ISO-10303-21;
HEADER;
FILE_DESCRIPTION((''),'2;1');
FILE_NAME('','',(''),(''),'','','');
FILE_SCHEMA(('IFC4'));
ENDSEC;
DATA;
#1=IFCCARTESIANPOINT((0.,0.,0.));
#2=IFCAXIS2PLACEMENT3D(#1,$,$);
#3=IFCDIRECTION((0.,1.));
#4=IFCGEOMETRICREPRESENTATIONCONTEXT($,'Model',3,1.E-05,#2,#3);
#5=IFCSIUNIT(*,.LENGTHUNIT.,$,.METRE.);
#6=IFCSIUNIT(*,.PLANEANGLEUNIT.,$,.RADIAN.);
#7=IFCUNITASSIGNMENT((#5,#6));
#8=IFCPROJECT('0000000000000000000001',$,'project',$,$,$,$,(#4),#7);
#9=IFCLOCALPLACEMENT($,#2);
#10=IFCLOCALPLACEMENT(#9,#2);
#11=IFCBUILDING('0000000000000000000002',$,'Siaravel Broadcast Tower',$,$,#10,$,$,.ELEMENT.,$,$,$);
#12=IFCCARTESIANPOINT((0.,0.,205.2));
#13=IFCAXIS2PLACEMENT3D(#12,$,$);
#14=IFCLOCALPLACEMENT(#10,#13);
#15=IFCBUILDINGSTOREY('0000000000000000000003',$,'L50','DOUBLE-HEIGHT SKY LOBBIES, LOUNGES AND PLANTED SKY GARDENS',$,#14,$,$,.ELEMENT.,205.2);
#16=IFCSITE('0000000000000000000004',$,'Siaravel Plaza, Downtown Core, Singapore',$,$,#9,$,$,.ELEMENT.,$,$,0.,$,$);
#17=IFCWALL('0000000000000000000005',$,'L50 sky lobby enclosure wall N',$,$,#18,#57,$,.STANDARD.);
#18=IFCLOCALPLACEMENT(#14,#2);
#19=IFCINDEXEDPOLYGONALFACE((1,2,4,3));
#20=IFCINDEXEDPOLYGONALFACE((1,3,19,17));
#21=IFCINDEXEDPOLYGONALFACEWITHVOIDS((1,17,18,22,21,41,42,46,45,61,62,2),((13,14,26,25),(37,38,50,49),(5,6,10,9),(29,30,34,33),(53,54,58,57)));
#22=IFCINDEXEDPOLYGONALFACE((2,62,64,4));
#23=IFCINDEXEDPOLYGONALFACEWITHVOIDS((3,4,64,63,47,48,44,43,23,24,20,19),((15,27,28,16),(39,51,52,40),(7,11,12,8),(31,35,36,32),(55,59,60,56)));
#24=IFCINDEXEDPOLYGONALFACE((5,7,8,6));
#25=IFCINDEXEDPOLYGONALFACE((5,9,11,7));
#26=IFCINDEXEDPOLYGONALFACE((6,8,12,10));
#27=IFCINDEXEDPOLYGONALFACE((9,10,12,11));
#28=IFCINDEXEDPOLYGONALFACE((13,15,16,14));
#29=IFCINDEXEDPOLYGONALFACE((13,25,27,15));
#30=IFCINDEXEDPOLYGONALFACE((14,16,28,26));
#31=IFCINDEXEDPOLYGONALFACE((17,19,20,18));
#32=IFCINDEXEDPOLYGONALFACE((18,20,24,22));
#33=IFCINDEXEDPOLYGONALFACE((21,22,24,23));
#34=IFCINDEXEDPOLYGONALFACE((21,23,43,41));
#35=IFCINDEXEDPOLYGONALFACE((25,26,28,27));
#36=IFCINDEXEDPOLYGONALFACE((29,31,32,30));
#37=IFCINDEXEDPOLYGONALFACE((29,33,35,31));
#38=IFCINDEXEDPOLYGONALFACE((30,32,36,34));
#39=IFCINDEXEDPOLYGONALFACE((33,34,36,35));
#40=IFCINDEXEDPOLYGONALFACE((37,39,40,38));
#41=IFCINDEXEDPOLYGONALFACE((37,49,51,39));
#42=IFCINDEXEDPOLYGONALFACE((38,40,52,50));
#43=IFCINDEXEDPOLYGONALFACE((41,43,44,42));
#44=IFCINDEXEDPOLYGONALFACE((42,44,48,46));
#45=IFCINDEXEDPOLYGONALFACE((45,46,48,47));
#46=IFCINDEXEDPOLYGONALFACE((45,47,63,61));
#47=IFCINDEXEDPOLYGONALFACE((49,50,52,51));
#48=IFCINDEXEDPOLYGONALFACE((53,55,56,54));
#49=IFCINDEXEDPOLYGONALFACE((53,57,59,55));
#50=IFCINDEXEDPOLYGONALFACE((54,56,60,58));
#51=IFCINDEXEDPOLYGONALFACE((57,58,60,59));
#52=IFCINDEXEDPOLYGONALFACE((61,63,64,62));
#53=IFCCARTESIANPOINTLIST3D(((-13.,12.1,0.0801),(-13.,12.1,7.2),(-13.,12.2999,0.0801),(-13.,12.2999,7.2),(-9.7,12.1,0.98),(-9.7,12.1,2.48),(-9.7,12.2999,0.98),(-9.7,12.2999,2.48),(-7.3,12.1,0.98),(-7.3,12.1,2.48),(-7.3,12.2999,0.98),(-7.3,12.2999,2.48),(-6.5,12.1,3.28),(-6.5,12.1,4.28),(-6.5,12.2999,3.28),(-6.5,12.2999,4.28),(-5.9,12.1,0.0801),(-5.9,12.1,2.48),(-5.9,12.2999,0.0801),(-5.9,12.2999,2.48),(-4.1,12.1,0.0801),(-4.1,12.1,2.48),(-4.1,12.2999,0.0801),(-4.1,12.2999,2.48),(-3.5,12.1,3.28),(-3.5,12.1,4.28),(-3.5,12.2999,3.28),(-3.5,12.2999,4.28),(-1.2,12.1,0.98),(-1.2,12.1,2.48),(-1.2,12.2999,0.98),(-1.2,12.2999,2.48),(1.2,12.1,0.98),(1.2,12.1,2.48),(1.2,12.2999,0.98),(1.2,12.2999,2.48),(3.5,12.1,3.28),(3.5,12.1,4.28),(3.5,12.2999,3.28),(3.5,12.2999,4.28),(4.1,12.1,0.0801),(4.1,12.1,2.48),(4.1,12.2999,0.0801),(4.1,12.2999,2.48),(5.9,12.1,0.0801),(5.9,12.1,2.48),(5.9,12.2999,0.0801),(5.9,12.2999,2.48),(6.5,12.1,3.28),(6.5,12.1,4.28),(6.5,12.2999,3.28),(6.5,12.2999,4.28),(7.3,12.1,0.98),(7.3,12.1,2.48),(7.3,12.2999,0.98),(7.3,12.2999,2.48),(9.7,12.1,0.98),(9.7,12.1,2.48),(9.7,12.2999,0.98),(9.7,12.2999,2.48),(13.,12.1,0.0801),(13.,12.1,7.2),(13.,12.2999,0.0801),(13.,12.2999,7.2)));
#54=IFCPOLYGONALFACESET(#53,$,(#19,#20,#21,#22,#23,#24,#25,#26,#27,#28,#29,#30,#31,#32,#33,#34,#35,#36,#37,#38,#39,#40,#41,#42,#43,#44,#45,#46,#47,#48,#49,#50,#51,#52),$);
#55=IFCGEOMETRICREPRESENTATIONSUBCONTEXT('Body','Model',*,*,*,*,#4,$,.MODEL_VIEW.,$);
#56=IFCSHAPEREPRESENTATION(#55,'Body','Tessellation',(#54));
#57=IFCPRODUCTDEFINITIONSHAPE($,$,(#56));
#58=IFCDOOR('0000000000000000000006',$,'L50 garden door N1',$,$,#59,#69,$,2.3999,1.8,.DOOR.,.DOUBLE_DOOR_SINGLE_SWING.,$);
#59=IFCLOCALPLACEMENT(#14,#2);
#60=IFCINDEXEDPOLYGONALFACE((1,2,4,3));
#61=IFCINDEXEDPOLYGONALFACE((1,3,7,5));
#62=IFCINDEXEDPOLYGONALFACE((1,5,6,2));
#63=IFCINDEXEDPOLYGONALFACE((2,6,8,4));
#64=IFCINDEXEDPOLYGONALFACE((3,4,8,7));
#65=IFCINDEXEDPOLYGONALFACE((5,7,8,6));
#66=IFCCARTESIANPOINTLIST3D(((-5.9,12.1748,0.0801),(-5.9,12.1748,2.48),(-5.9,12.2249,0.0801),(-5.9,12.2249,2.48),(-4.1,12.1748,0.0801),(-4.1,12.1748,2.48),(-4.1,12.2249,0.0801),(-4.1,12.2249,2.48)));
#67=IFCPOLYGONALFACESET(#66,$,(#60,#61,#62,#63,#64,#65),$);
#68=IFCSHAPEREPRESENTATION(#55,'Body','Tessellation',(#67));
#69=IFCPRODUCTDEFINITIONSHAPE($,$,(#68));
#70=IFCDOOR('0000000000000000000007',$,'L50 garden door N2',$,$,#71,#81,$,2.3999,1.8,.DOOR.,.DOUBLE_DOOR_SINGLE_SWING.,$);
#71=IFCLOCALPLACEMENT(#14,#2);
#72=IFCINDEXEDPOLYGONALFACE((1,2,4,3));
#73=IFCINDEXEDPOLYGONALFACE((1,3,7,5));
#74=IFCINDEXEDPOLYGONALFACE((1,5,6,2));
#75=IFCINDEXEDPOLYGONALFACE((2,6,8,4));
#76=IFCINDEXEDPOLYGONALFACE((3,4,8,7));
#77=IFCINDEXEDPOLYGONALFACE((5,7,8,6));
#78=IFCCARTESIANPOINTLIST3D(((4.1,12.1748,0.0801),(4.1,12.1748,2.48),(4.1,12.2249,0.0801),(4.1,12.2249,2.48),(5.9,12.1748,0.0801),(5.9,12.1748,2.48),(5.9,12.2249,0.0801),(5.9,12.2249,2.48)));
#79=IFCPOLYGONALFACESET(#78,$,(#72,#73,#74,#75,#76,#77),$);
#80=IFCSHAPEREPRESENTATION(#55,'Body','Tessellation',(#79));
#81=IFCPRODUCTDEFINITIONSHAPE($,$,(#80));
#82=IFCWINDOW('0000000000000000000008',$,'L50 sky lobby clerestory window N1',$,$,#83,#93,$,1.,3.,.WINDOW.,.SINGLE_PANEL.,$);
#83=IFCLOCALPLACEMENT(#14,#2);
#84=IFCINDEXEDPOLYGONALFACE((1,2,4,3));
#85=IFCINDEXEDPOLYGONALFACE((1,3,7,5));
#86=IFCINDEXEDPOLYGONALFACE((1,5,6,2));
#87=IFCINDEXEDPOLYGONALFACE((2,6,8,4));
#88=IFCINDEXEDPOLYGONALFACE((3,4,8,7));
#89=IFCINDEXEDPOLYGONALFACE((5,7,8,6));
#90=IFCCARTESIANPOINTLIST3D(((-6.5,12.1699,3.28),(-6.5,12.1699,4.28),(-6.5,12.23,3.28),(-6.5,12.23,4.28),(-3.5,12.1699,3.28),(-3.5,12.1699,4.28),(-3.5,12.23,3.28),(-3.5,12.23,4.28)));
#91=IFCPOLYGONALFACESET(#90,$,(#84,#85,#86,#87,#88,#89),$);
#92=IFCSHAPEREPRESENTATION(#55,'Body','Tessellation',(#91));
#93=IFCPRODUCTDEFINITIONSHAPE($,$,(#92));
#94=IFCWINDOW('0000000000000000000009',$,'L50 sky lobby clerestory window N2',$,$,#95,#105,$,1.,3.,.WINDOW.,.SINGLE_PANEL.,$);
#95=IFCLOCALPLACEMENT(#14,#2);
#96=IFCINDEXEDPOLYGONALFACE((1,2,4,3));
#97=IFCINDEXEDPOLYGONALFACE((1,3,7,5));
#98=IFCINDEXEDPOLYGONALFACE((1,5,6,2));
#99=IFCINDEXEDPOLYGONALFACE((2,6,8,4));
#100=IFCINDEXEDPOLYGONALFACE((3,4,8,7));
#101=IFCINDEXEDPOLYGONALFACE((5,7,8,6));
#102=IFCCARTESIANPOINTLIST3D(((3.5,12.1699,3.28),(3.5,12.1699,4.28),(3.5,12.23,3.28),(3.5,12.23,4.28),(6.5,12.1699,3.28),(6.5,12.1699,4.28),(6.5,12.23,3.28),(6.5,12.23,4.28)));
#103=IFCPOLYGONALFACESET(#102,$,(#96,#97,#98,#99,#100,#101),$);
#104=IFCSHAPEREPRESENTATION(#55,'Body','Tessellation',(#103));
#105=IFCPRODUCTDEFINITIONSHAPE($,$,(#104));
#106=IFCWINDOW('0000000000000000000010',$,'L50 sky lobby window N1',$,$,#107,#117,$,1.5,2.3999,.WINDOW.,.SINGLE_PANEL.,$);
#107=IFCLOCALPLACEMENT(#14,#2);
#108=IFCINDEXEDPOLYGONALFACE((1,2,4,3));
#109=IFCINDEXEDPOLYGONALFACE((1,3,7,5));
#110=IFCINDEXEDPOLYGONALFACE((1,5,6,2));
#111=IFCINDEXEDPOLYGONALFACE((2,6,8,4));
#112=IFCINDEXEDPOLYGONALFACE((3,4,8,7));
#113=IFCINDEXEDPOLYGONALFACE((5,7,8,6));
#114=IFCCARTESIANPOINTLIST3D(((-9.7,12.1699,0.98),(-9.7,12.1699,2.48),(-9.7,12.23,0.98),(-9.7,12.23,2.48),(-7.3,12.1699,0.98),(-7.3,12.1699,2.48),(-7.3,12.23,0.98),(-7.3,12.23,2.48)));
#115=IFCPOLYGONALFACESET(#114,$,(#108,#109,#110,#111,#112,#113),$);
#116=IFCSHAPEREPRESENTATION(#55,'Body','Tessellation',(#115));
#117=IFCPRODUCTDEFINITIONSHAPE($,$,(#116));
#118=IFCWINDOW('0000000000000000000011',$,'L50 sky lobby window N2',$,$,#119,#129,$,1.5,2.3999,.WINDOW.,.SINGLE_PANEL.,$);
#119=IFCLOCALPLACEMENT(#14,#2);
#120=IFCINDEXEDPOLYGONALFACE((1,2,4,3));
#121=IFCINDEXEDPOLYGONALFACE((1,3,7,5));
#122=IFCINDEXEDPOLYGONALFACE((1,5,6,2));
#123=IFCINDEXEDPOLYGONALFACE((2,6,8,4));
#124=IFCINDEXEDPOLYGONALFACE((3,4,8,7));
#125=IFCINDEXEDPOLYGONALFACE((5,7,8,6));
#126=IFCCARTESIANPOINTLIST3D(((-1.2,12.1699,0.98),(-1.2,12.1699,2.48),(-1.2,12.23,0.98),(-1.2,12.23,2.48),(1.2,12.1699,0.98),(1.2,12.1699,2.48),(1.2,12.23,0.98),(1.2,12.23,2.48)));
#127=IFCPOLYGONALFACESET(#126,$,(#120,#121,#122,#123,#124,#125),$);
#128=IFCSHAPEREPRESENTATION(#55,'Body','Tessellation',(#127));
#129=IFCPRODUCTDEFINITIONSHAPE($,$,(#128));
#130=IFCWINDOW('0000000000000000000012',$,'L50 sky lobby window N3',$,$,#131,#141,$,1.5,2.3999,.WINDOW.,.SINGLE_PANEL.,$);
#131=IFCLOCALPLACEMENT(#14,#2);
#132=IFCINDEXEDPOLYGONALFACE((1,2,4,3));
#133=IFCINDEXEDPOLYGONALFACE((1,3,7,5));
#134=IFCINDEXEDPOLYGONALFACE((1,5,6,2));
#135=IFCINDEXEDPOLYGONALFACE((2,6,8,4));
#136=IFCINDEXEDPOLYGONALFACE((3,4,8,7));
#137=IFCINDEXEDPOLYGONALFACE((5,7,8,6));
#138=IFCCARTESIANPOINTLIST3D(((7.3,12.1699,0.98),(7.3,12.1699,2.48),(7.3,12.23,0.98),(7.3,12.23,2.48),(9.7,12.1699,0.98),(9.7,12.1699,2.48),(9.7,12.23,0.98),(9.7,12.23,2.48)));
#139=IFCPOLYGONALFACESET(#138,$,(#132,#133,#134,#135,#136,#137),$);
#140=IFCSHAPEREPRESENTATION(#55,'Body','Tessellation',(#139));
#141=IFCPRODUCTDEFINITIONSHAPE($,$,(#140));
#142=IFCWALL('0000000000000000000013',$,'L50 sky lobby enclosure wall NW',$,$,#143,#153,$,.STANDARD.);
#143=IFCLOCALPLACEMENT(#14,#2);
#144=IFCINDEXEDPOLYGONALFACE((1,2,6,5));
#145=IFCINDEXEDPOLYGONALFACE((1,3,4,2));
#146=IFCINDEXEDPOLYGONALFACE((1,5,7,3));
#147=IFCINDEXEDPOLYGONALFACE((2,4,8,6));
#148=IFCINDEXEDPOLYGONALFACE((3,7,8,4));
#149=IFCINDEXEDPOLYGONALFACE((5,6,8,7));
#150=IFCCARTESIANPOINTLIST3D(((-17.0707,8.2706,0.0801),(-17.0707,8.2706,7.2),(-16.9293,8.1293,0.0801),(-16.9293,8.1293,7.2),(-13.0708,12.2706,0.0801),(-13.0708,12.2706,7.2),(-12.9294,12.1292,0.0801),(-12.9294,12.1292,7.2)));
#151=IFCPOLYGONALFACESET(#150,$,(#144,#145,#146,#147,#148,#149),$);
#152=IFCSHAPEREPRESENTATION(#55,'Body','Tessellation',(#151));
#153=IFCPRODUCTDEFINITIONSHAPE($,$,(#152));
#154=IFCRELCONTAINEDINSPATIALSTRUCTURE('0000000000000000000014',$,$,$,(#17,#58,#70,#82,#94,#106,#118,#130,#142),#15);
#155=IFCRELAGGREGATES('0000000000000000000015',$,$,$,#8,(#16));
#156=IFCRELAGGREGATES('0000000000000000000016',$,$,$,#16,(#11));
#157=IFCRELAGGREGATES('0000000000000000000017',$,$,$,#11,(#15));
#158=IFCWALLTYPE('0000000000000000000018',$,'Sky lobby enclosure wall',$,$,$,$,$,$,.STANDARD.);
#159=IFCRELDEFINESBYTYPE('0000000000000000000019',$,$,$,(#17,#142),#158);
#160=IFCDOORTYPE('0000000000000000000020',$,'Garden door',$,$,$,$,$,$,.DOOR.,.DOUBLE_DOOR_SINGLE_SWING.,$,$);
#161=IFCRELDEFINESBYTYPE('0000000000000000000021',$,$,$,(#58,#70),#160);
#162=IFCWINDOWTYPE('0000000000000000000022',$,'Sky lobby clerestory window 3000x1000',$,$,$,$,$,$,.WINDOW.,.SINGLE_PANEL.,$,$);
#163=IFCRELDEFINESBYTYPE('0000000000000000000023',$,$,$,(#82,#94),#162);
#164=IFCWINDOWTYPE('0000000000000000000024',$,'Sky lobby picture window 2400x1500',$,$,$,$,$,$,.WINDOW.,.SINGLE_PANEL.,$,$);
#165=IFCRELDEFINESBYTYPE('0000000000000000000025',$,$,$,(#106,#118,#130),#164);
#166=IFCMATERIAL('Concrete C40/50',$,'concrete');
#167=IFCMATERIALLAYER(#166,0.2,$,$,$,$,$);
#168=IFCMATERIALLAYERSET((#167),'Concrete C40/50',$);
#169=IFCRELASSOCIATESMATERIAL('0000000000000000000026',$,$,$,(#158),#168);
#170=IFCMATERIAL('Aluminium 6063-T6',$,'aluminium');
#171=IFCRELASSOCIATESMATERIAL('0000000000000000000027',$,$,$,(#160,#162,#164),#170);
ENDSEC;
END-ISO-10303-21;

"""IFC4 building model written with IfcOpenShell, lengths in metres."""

from ifc_helpers import new_model, si_unit, direction, frame, frame_2d, origin, place, context, subcontext, project, spatial, rectangle, extrude, material, layer, layer_set, type_object, element, fill, save


model = new_model("IFC4")

# Units and contexts
model_context = context("Model", 3, precision=1e-05, world=origin(), true_north=direction((0.0, 1.0)))
body_context = subcontext(model_context, "Body", "Model", "MODEL_VIEW")
ifc_project = project(units=[si_unit("LENGTHUNIT", "METRE"), si_unit("PLANEANGLEUNIT", "RADIAN")], contexts=[model_context])

# Site, building, storey
site_placement = place(None, origin())
site = spatial("IfcSite", under=ifc_project, at=site_placement, Name="Siaravel Plaza, Downtown Core, Singapore", CompositionType="ELEMENT", RefElevation=0.0)
building_placement = place(site_placement, origin())
building = spatial("IfcBuilding", under=site, at=building_placement, Name="Siaravel Broadcast Tower", CompositionType="ELEMENT")
storey_placement = place(building_placement, frame((0.0, 0.0, 205.2)))
storey = spatial("IfcBuildingStorey", under=building, at=storey_placement, Name="L50", Description="DOUBLE-HEIGHT SKY LOBBIES, LOUNGES AND PLANTED SKY GARDENS", CompositionType="ELEMENT", Elevation=205.2)

# Wall, openings, doors, windows
ifc_material_1 = material(Name="Concrete C40/50", Category="concrete")
ifc_layer_1 = layer(ifc_material_1, 0.2)
ifc_layer_set_1 = layer_set([ifc_layer_1], Name="Concrete C40/50")
wall_type_1 = type_object("IfcWallType", Name="Sky lobby enclosure wall", PredefinedType="STANDARD", material=ifc_layer_set_1)
wall_1_placement = place(storey_placement, frame((-13.0, 12.2, 0.0801), z_axis=(0.0, 0.0, 1.0), x_axis=(1.0, 0.0, 0.0)))
wall_1 = element("IfcWall", 1, at=wall_1_placement, inside=storey, type_object=wall_type_1, Name="L50 sky lobby enclosure wall N", PredefinedType="STANDARD", context=body_context, shape_type="SweptSolid", body=[
    extrude(rectangle(XDim=26.0, YDim=0.2, at=frame_2d((13.0, 0.0))), origin(), (0.0, 0.0, 1.0), 7.1199),
])
opening_1_placement = place(wall_1_placement, frame((7.1001, 0.0, 0.0)))
opening_1 = element("IfcOpeningElement", 2, at=opening_1_placement, cuts=wall_1, PredefinedType="OPENING", context=body_context, shape_type="SweptSolid", body=[
    extrude(rectangle(XDim=1.8, YDim=2.3999, at=frame_2d((0.8999, 1.2))), frame((0.0, 0.1099, 0.0), z_axis=(0.0, -1.0, 0.0), x_axis=(1.0, 0.0, 0.0)), (0.0, 0.0, 1.0), 0.22),
])
opening_2_placement = place(wall_1_placement, frame((17.1001, 0.0, 0.0)))
opening_2 = element("IfcOpeningElement", 3, at=opening_2_placement, cuts=wall_1, PredefinedType="OPENING", context=body_context, shape_type="SweptSolid", body=[
    extrude(rectangle(XDim=1.8, YDim=2.3999, at=frame_2d((0.8999, 1.2))), frame((0.0, 0.1099, 0.0), z_axis=(0.0, -1.0, 0.0), x_axis=(1.0, 0.0, 0.0)), (0.0, 0.0, 1.0), 0.22),
])
opening_3_placement = place(wall_1_placement, frame((3.3, 0.0, 0.8999)))
opening_3 = element("IfcOpeningElement", 4, at=opening_3_placement, cuts=wall_1, PredefinedType="OPENING", context=body_context, shape_type="SweptSolid", body=[
    extrude(rectangle(XDim=2.3999, YDim=1.5, at=frame_2d((1.2, 0.75))), frame((0.0, 0.1099, 0.0), z_axis=(0.0, -1.0, 0.0), x_axis=(1.0, 0.0, 0.0)), (0.0, 0.0, 1.0), 0.22),
])
opening_4_placement = place(wall_1_placement, frame((11.8, 0.0, 0.8999)))
opening_4 = element("IfcOpeningElement", 5, at=opening_4_placement, cuts=wall_1, PredefinedType="OPENING", context=body_context, shape_type="SweptSolid", body=[
    extrude(rectangle(XDim=2.3999, YDim=1.5, at=frame_2d((1.2, 0.75))), frame((0.0, 0.1099, 0.0), z_axis=(0.0, -1.0, 0.0), x_axis=(1.0, 0.0, 0.0)), (0.0, 0.0, 1.0), 0.22),
])
opening_5_placement = place(wall_1_placement, frame((20.3, 0.0, 0.8999)))
opening_5 = element("IfcOpeningElement", 6, at=opening_5_placement, cuts=wall_1, PredefinedType="OPENING", context=body_context, shape_type="SweptSolid", body=[
    extrude(rectangle(XDim=2.3999, YDim=1.5, at=frame_2d((1.2, 0.75))), frame((0.0, 0.1099, 0.0), z_axis=(0.0, -1.0, 0.0), x_axis=(1.0, 0.0, 0.0)), (0.0, 0.0, 1.0), 0.22),
])
opening_6_placement = place(wall_1_placement, frame((6.5, 0.0, 3.2)))
opening_6 = element("IfcOpeningElement", 7, at=opening_6_placement, cuts=wall_1, PredefinedType="OPENING", context=body_context, shape_type="SweptSolid", body=[
    extrude(rectangle(XDim=3.0, YDim=1.0, at=frame_2d((1.5, 0.5))), frame((0.0, 0.1099, 0.0), z_axis=(0.0, -1.0, 0.0), x_axis=(1.0, 0.0, 0.0)), (0.0, 0.0, 1.0), 0.22),
])
opening_7_placement = place(wall_1_placement, frame((16.5, 0.0, 3.2)))
opening_7 = element("IfcOpeningElement", 8, at=opening_7_placement, cuts=wall_1, PredefinedType="OPENING", context=body_context, shape_type="SweptSolid", body=[
    extrude(rectangle(XDim=3.0, YDim=1.0, at=frame_2d((1.5, 0.5))), frame((0.0, 0.1099, 0.0), z_axis=(0.0, -1.0, 0.0), x_axis=(1.0, 0.0, 0.0)), (0.0, 0.0, 1.0), 0.22),
])
ifc_material_2 = material(Name="Aluminium 6063-T6", Category="aluminium")
door_type = type_object("IfcDoorType", Name="Garden door", OperationType="DOUBLE_DOOR_SINGLE_SWING", PredefinedType="DOOR", material=ifc_material_2)
door_1_placement = place(opening_1_placement, origin())
door_1 = element("IfcDoor", 9, at=door_1_placement, inside=storey, type_object=door_type, Name="L50 garden door N1", OperationType="DOUBLE_DOOR_SINGLE_SWING", OverallHeight=2.3999, OverallWidth=1.8, PredefinedType="DOOR", context=body_context, shape_type="SweptSolid", body=[
    extrude(rectangle(XDim=1.8, YDim=2.3999, at=frame_2d((0.8999, 1.2))), frame((0.0, 0.0249, 0.0), z_axis=(0.0, -1.0, 0.0), x_axis=(1.0, 0.0, 0.0)), (0.0, 0.0, 1.0), 0.05),
])
fill(opening_1, door_1)
door_2_placement = place(opening_2_placement, origin())
door_2 = element("IfcDoor", 10, at=door_2_placement, inside=storey, type_object=door_type, Name="L50 garden door N2", OperationType="DOUBLE_DOOR_SINGLE_SWING", OverallHeight=2.3999, OverallWidth=1.8, PredefinedType="DOOR", context=body_context, shape_type="SweptSolid", body=[
    extrude(rectangle(XDim=1.8, YDim=2.3999, at=frame_2d((0.8999, 1.2))), frame((0.0, 0.0249, 0.0), z_axis=(0.0, -1.0, 0.0), x_axis=(1.0, 0.0, 0.0)), (0.0, 0.0, 1.0), 0.05),
])
fill(opening_2, door_2)
window_type_1 = type_object("IfcWindowType", Name="Sky lobby clerestory window 3000x1000", PartitioningType="SINGLE_PANEL", PredefinedType="WINDOW", material=ifc_material_2)
window_1_placement = place(opening_6_placement, origin())
window_1 = element("IfcWindow", 11, at=window_1_placement, inside=storey, type_object=window_type_1, Name="L50 sky lobby clerestory window N1", OverallHeight=1.0, OverallWidth=3.0, PartitioningType="SINGLE_PANEL", PredefinedType="WINDOW", context=body_context, shape_type="SweptSolid", body=[
    extrude(rectangle(XDim=3.0, YDim=1.0, at=frame_2d((1.5, 0.5))), frame((0.0, 0.03, 0.0), z_axis=(0.0, -1.0, 0.0), x_axis=(1.0, 0.0, 0.0)), (0.0, 0.0, 1.0), 0.0601),
])
fill(opening_6, window_1)
window_2_placement = place(opening_7_placement, origin())
window_2 = element("IfcWindow", 12, at=window_2_placement, inside=storey, type_object=window_type_1, Name="L50 sky lobby clerestory window N2", OverallHeight=1.0, OverallWidth=3.0, PartitioningType="SINGLE_PANEL", PredefinedType="WINDOW", context=body_context, shape_type="SweptSolid", body=[
    extrude(rectangle(XDim=3.0, YDim=1.0, at=frame_2d((1.5, 0.5))), frame((0.0, 0.03, 0.0), z_axis=(0.0, -1.0, 0.0), x_axis=(1.0, 0.0, 0.0)), (0.0, 0.0, 1.0), 0.0601),
])
fill(opening_7, window_2)
window_type_2 = type_object("IfcWindowType", Name="Sky lobby picture window 2400x1500", PartitioningType="SINGLE_PANEL", PredefinedType="WINDOW", material=ifc_material_2)
window_3_placement = place(opening_3_placement, origin())
window_3 = element("IfcWindow", 13, at=window_3_placement, inside=storey, type_object=window_type_2, Name="L50 sky lobby window N1", OverallHeight=1.5, OverallWidth=2.3999, PartitioningType="SINGLE_PANEL", PredefinedType="WINDOW", context=body_context, shape_type="SweptSolid", body=[
    extrude(rectangle(XDim=2.3999, YDim=1.5, at=frame_2d((1.2, 0.75))), frame((0.0, 0.03, 0.0), z_axis=(0.0, -1.0, 0.0), x_axis=(1.0, 0.0, 0.0)), (0.0, 0.0, 1.0), 0.0601),
])
fill(opening_3, window_3)
window_4_placement = place(opening_4_placement, origin())
window_4 = element("IfcWindow", 14, at=window_4_placement, inside=storey, type_object=window_type_2, Name="L50 sky lobby window N2", OverallHeight=1.5, OverallWidth=2.3999, PartitioningType="SINGLE_PANEL", PredefinedType="WINDOW", context=body_context, shape_type="SweptSolid", body=[
    extrude(rectangle(XDim=2.3999, YDim=1.5, at=frame_2d((1.2, 0.75))), frame((0.0, 0.03, 0.0), z_axis=(0.0, -1.0, 0.0), x_axis=(1.0, 0.0, 0.0)), (0.0, 0.0, 1.0), 0.0601),
])
fill(opening_4, window_4)
window_5_placement = place(opening_5_placement, origin())
window_5 = element("IfcWindow", 15, at=window_5_placement, inside=storey, type_object=window_type_2, Name="L50 sky lobby window N3", OverallHeight=1.5, OverallWidth=2.3999, PartitioningType="SINGLE_PANEL", PredefinedType="WINDOW", context=body_context, shape_type="SweptSolid", body=[
    extrude(rectangle(XDim=2.3999, YDim=1.5, at=frame_2d((1.2, 0.75))), frame((0.0, 0.03, 0.0), z_axis=(0.0, -1.0, 0.0), x_axis=(1.0, 0.0, 0.0)), (0.0, 0.0, 1.0), 0.0601),
])
fill(opening_5, window_5)

# Wall
wall_2_placement = place(storey_placement, frame((-17.0, 8.2, 0.0801), z_axis=(0.0, 0.0, 1.0), x_axis=(0.707107, 0.707107, 0.0)))
element("IfcWall", 16, at=wall_2_placement, inside=storey, type_object=wall_type_1, Name="L50 sky lobby enclosure wall NW", PredefinedType="STANDARD", context=body_context, shape_type="SweptSolid", body=[
    extrude(rectangle(XDim=5.6567, YDim=0.2, at=frame_2d((2.8284, 0.0))), origin(), (0.0, 0.0, 1.0), 7.1199),
])

save(model, "model.ifc")
